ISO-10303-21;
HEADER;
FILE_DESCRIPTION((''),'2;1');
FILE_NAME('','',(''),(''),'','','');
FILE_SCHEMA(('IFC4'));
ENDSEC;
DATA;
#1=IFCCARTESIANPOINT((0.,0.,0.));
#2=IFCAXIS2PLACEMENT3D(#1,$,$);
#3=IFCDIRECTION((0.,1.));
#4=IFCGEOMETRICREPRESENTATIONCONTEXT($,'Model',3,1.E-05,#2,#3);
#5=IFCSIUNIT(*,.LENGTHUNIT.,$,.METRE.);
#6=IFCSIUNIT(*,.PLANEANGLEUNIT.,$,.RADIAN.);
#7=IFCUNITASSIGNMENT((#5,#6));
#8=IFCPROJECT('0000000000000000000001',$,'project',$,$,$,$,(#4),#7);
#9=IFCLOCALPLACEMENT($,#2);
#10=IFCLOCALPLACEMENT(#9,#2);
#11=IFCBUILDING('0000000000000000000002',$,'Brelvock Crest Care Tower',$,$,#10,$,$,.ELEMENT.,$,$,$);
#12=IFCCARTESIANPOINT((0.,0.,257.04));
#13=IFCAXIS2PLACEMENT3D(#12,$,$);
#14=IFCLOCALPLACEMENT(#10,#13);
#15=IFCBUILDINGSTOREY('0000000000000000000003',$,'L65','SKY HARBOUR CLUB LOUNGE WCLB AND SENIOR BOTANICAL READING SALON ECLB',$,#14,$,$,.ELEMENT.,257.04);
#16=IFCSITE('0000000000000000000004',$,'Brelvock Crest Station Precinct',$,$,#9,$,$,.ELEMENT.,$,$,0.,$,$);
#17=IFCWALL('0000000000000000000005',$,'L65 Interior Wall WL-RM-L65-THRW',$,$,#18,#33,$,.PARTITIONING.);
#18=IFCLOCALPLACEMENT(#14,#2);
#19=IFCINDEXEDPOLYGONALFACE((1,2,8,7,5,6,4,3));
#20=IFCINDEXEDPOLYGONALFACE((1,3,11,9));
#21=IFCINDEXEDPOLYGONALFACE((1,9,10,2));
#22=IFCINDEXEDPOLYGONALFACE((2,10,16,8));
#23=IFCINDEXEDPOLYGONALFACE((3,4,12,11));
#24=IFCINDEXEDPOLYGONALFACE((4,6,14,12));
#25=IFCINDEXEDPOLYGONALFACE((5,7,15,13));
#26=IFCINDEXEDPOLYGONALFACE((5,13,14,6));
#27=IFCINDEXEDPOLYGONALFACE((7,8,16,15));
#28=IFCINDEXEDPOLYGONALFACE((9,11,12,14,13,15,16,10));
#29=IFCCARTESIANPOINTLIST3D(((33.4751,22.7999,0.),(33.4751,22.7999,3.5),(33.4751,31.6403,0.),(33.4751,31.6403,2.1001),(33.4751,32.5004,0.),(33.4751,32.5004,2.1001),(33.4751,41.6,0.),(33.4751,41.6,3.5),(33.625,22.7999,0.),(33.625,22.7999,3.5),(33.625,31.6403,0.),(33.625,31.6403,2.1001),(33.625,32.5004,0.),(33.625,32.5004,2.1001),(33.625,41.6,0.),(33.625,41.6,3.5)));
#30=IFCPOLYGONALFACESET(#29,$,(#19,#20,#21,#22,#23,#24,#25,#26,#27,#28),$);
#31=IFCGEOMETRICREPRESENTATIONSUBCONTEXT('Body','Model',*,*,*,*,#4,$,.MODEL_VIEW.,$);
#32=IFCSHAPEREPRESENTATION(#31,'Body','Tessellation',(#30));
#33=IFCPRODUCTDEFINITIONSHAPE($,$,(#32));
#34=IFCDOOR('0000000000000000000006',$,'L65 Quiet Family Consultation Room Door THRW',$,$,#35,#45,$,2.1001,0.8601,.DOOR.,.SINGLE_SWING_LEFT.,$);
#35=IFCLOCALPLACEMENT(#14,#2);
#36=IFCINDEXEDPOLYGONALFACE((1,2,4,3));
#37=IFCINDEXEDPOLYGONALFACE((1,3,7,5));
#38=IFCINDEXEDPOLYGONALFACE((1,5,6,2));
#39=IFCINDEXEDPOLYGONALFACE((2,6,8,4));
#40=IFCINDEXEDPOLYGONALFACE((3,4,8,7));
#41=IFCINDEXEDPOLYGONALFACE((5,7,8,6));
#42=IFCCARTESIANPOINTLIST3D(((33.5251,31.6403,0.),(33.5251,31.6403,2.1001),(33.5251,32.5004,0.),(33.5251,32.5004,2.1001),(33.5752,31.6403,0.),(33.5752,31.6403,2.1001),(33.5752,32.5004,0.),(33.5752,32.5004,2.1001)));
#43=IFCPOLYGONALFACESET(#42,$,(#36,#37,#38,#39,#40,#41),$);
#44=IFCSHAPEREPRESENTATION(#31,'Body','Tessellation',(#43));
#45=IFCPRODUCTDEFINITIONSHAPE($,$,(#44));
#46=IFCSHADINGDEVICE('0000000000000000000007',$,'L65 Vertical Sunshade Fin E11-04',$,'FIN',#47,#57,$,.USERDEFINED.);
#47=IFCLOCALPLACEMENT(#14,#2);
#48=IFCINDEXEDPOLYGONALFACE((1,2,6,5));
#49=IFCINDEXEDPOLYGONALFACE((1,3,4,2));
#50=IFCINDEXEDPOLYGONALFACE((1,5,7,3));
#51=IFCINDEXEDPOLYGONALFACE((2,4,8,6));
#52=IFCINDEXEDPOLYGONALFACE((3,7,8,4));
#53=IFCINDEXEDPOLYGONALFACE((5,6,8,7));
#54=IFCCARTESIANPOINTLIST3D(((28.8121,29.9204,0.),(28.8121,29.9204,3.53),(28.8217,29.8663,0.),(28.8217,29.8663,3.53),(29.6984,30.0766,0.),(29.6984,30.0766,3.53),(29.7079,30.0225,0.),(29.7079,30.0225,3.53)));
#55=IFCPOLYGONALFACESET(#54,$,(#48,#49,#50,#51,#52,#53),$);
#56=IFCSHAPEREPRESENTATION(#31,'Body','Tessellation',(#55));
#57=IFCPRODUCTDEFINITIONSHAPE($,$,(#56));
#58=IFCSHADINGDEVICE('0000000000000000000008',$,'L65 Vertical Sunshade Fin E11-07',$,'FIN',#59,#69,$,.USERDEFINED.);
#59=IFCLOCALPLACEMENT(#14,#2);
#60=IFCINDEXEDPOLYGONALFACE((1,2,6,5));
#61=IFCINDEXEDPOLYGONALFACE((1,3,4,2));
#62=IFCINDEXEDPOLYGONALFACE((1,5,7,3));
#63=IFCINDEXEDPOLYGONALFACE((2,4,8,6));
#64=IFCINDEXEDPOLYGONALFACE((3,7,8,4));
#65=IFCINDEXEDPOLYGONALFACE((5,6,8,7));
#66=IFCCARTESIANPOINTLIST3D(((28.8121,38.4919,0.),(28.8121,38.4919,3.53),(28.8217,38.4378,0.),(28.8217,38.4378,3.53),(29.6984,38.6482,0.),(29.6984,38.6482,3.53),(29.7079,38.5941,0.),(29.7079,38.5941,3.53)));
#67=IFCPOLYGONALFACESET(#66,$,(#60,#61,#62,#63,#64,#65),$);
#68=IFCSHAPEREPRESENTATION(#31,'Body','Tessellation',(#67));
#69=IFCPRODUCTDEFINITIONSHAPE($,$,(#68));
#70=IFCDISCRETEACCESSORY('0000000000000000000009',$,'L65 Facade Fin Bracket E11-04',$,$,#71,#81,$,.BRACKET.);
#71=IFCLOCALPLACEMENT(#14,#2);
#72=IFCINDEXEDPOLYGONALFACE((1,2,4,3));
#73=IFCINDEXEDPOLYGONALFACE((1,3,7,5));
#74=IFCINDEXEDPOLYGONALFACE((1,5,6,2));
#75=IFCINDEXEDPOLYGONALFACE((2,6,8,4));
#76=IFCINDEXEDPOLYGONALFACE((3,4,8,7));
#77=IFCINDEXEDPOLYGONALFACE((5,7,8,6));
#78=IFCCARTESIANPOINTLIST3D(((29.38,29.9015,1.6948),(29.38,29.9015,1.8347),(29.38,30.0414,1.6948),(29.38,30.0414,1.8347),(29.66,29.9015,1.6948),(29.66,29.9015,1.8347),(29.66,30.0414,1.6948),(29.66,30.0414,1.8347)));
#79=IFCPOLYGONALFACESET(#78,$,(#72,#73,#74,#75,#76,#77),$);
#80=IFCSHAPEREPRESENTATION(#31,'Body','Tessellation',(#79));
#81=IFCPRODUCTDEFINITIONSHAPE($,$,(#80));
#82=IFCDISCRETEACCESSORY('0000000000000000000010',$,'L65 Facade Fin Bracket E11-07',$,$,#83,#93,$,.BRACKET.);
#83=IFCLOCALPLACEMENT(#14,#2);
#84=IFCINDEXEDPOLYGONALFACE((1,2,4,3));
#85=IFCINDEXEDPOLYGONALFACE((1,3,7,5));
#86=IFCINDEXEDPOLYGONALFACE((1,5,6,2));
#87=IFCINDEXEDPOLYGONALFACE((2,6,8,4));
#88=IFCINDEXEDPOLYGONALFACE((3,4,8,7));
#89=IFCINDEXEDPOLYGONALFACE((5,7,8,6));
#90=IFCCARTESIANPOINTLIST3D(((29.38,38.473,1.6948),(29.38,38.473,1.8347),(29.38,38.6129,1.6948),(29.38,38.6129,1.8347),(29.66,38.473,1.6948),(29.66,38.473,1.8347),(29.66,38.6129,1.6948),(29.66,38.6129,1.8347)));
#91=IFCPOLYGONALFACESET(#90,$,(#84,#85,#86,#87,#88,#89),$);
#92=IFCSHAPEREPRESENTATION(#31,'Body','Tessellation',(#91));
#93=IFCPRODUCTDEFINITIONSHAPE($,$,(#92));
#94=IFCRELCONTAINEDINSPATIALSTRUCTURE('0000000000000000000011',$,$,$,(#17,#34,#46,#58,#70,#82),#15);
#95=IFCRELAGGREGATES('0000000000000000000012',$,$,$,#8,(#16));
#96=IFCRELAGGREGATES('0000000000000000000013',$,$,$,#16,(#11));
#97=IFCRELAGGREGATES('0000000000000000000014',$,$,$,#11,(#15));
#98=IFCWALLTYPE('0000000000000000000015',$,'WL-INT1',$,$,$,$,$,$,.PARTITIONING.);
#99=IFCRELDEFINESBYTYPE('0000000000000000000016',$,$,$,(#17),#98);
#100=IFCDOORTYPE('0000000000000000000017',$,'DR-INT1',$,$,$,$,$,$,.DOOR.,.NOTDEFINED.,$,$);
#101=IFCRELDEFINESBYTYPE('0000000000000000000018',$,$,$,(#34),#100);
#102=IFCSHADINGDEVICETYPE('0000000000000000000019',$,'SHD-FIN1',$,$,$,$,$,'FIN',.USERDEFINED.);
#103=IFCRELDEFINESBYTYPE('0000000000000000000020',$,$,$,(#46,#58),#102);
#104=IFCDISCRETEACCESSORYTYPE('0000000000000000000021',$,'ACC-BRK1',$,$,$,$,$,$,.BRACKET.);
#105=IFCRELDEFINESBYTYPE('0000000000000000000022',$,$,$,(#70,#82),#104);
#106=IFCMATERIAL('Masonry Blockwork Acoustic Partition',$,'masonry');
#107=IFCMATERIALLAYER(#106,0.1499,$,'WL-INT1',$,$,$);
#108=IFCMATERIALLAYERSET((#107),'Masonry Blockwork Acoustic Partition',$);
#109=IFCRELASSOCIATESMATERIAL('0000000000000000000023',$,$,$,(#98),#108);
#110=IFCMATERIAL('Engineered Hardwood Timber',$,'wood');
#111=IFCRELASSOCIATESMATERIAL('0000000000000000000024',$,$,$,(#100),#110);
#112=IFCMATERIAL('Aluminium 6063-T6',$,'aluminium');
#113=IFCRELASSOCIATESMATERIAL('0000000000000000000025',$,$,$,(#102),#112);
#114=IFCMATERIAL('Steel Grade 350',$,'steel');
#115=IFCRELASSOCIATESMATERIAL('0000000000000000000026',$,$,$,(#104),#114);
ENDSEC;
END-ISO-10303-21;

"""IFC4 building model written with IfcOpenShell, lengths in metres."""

from ifc_helpers import new_model, si_unit, direction, frame, frame_2d, origin, origin_2d, place, context, subcontext, project, spatial, rectangle, extrude, source, transform, mapped, material, layer, layer_set, material_profile, profile_set, type_object, element, fill, save


model = new_model("IFC4")

# Units and contexts
model_context = context("Model", 3, precision=1e-05, world=origin(), true_north=direction((0.0, 1.0)))
body_context = subcontext(model_context, "Body", "Model", "MODEL_VIEW")
ifc_project = project(units=[si_unit("LENGTHUNIT", "METRE"), si_unit("PLANEANGLEUNIT", "RADIAN")], contexts=[model_context])

# Site, building, storey
site_placement = place(None, origin())
site = spatial("IfcSite", under=ifc_project, at=site_placement, Name="Brelvock Crest Station Precinct", CompositionType="ELEMENT", RefElevation=0.0)
building_placement = place(site_placement, origin())
building = spatial("IfcBuilding", under=site, at=building_placement, Name="Brelvock Crest Care Tower", CompositionType="ELEMENT")
storey_placement = place(building_placement, frame((0.0, 0.0, 257.04)))
storey = spatial("IfcBuildingStorey", under=building, at=storey_placement, Name="L65", Description="SKY HARBOUR CLUB LOUNGE WCLB AND SENIOR BOTANICAL READING SALON ECLB", CompositionType="ELEMENT", Elevation=257.04)

# Shared definitions
ifc_material_1 = material(Name="Aluminium 6063-T6", Category="aluminium")

# Shared definitions
ifc_material_2 = material(Name="Masonry Blockwork Acoustic Partition", Category="masonry")
ifc_layer_1 = layer(ifc_material_2, 0.1499, Name="WL-INT1")
ifc_layer_set_1 = layer_set([ifc_layer_1], Name="Masonry Blockwork Acoustic Partition")
wall_type = type_object("IfcWallType", Name="WL-INT1", PredefinedType="PARTITIONING", material=ifc_layer_set_1)

# Wall, opening, door
wall_1_placement = place(storey_placement, frame((33.55, 22.8, 0.0), z_axis=(0.0, 0.0, 1.0), x_axis=(0.0, 1.0, 0.0)))
wall_1 = element("IfcWall", 1, at=wall_1_placement, inside=storey, type_object=wall_type, Name="L65 Interior Wall WL-RM-L65-THRW", PredefinedType="PARTITIONING", context=body_context, shape_type="SweptSolid", body=[
    extrude(rectangle(XDim=18.8, YDim=0.1499, at=frame_2d((9.3999, 0.0))), origin(), (0.0, 0.0, 1.0), 3.5),
])
opening_placement = place(wall_1_placement, frame((8.8401, 0.0, 0.0)))
opening = element("IfcOpeningElement", 2, at=opening_placement, cuts=wall_1, PredefinedType="OPENING", context=body_context, shape_type="SweptSolid", body=[
    extrude(rectangle(XDim=0.8601, YDim=2.1001, at=origin_2d()), frame((0.4302, 0.085, 1.05), z_axis=(0.0, -1.0, 0.0), x_axis=(1.0, 0.0, 0.0)), (0.0, 0.0, 1.0), 0.1699),
])
ifc_material_3 = material(Name="Engineered Hardwood Timber", Category="wood")
door_type = type_object("IfcDoorType", Name="DR-INT1", OperationType="NOTDEFINED", PredefinedType="DOOR", material=ifc_material_3)
shared_shape_1 = source(origin(), body_context, "Body", "SweptSolid", [
    extrude(rectangle(XDim=0.8601, YDim=2.1001, at=origin_2d()), frame((0.4302, 0.0249, 1.05), z_axis=(0.0, -1.0, 0.0), x_axis=(1.0, 0.0, 0.0)), (0.0, 0.0, 1.0), 0.05),
])
door_placement = place(opening_placement, origin())
door = element("IfcDoor", 3, at=door_placement, inside=storey, type_object=door_type, Name="L65 Quiet Family Consultation Room Door THRW", OperationType="SINGLE_SWING_LEFT", OverallHeight=2.1001, OverallWidth=0.8601, PredefinedType="DOOR", context=body_context, shape_type="MappedRepresentation", body=[
    mapped(shared_shape_1, transform((0.0, 0.0, 0.0), x_axis=(1.0, 0.0, 0.0), y_axis=(0.0, 1.0, 0.0), z_axis=(0.0, 0.0, 1.0), scale=1.0)),
])
fill(opening, door)

# Shading devices
ifc_material_profile_1 = material_profile(ifc_material_1, rectangle(XDim=0.0549, YDim=0.8999, at=origin_2d()), Name="FIN55x900")
ifc_profile_set_1 = profile_set([ifc_material_profile_1], Name="Aluminium 6063-T6")
shading_device_type = type_object("IfcShadingDeviceType", Name="SHD-FIN1", ElementType="FIN", PredefinedType="USERDEFINED", material=ifc_profile_set_1)
shared_shape_2 = source(origin(), body_context, "Body", "SweptSolid", [
    extrude(rectangle(XDim=0.0549, YDim=0.8999, at=origin_2d()), origin(), (0.0, 0.0, 1.0), 3.53),
])
for number, where, z_axis, x_axis, name in (
    (4, (29.26, 29.9714, 0.0), (0.0, 0.0, 1.0), (-0.173648, 0.984808, 0.0), "L65 Vertical Sunshade Fin E11-04"),
    (5, (29.26, 38.543, 0.0), (0.0, 0.0, 1.0), (-0.173648, 0.984808, 0.0), "L65 Vertical Sunshade Fin E11-07"),
):
    element("IfcShadingDevice", number, at=place(storey_placement, frame(where, z_axis=z_axis, x_axis=x_axis)), inside=storey, type_object=shading_device_type, Name=name, ObjectType="FIN", PredefinedType="USERDEFINED", context=body_context, shape_type="MappedRepresentation", body=[
        mapped(shared_shape_2, transform((0.0, 0.0, 0.0), x_axis=(1.0, 0.0, 0.0), y_axis=(0.0, 1.0, 0.0), z_axis=(0.0, 0.0, 1.0), scale=1.0)),
    ])

# Discrete accessories
ifc_material_4 = material(Name="Steel Grade 350", Category="steel")
discrete_accessory_type = type_object("IfcDiscreteAccessoryType", Name="ACC-BRK1", PredefinedType="BRACKET", material=ifc_material_4)
shared_shape_3 = source(origin(), body_context, "Body", "SweptSolid", [
    extrude(rectangle(XDim=0.28, YDim=0.1399, at=origin_2d()), origin(), (0.0, 0.0, 1.0), 0.1399),
])
for number, where, z_axis, x_axis, name in (
    (6, (29.52, 29.9714, 1.6948), (0.0, 0.0, 1.0), (-1.0, 0.0, 0.0), "L65 Facade Fin Bracket E11-04"),
    (7, (29.52, 38.543, 1.6948), (0.0, 0.0, 1.0), (-1.0, 0.0, 0.0), "L65 Facade Fin Bracket E11-07"),
):
    element("IfcDiscreteAccessory", number, at=place(storey_placement, frame(where, z_axis=z_axis, x_axis=x_axis)), inside=storey, type_object=discrete_accessory_type, Name=name, PredefinedType="BRACKET", context=body_context, shape_type="MappedRepresentation", body=[
        mapped(shared_shape_3, transform((0.0, 0.0, 0.0), x_axis=(1.0, 0.0, 0.0), y_axis=(0.0, 1.0, 0.0), z_axis=(0.0, 0.0, 1.0), scale=1.0)),
    ])

save(model, "model.ifc")
